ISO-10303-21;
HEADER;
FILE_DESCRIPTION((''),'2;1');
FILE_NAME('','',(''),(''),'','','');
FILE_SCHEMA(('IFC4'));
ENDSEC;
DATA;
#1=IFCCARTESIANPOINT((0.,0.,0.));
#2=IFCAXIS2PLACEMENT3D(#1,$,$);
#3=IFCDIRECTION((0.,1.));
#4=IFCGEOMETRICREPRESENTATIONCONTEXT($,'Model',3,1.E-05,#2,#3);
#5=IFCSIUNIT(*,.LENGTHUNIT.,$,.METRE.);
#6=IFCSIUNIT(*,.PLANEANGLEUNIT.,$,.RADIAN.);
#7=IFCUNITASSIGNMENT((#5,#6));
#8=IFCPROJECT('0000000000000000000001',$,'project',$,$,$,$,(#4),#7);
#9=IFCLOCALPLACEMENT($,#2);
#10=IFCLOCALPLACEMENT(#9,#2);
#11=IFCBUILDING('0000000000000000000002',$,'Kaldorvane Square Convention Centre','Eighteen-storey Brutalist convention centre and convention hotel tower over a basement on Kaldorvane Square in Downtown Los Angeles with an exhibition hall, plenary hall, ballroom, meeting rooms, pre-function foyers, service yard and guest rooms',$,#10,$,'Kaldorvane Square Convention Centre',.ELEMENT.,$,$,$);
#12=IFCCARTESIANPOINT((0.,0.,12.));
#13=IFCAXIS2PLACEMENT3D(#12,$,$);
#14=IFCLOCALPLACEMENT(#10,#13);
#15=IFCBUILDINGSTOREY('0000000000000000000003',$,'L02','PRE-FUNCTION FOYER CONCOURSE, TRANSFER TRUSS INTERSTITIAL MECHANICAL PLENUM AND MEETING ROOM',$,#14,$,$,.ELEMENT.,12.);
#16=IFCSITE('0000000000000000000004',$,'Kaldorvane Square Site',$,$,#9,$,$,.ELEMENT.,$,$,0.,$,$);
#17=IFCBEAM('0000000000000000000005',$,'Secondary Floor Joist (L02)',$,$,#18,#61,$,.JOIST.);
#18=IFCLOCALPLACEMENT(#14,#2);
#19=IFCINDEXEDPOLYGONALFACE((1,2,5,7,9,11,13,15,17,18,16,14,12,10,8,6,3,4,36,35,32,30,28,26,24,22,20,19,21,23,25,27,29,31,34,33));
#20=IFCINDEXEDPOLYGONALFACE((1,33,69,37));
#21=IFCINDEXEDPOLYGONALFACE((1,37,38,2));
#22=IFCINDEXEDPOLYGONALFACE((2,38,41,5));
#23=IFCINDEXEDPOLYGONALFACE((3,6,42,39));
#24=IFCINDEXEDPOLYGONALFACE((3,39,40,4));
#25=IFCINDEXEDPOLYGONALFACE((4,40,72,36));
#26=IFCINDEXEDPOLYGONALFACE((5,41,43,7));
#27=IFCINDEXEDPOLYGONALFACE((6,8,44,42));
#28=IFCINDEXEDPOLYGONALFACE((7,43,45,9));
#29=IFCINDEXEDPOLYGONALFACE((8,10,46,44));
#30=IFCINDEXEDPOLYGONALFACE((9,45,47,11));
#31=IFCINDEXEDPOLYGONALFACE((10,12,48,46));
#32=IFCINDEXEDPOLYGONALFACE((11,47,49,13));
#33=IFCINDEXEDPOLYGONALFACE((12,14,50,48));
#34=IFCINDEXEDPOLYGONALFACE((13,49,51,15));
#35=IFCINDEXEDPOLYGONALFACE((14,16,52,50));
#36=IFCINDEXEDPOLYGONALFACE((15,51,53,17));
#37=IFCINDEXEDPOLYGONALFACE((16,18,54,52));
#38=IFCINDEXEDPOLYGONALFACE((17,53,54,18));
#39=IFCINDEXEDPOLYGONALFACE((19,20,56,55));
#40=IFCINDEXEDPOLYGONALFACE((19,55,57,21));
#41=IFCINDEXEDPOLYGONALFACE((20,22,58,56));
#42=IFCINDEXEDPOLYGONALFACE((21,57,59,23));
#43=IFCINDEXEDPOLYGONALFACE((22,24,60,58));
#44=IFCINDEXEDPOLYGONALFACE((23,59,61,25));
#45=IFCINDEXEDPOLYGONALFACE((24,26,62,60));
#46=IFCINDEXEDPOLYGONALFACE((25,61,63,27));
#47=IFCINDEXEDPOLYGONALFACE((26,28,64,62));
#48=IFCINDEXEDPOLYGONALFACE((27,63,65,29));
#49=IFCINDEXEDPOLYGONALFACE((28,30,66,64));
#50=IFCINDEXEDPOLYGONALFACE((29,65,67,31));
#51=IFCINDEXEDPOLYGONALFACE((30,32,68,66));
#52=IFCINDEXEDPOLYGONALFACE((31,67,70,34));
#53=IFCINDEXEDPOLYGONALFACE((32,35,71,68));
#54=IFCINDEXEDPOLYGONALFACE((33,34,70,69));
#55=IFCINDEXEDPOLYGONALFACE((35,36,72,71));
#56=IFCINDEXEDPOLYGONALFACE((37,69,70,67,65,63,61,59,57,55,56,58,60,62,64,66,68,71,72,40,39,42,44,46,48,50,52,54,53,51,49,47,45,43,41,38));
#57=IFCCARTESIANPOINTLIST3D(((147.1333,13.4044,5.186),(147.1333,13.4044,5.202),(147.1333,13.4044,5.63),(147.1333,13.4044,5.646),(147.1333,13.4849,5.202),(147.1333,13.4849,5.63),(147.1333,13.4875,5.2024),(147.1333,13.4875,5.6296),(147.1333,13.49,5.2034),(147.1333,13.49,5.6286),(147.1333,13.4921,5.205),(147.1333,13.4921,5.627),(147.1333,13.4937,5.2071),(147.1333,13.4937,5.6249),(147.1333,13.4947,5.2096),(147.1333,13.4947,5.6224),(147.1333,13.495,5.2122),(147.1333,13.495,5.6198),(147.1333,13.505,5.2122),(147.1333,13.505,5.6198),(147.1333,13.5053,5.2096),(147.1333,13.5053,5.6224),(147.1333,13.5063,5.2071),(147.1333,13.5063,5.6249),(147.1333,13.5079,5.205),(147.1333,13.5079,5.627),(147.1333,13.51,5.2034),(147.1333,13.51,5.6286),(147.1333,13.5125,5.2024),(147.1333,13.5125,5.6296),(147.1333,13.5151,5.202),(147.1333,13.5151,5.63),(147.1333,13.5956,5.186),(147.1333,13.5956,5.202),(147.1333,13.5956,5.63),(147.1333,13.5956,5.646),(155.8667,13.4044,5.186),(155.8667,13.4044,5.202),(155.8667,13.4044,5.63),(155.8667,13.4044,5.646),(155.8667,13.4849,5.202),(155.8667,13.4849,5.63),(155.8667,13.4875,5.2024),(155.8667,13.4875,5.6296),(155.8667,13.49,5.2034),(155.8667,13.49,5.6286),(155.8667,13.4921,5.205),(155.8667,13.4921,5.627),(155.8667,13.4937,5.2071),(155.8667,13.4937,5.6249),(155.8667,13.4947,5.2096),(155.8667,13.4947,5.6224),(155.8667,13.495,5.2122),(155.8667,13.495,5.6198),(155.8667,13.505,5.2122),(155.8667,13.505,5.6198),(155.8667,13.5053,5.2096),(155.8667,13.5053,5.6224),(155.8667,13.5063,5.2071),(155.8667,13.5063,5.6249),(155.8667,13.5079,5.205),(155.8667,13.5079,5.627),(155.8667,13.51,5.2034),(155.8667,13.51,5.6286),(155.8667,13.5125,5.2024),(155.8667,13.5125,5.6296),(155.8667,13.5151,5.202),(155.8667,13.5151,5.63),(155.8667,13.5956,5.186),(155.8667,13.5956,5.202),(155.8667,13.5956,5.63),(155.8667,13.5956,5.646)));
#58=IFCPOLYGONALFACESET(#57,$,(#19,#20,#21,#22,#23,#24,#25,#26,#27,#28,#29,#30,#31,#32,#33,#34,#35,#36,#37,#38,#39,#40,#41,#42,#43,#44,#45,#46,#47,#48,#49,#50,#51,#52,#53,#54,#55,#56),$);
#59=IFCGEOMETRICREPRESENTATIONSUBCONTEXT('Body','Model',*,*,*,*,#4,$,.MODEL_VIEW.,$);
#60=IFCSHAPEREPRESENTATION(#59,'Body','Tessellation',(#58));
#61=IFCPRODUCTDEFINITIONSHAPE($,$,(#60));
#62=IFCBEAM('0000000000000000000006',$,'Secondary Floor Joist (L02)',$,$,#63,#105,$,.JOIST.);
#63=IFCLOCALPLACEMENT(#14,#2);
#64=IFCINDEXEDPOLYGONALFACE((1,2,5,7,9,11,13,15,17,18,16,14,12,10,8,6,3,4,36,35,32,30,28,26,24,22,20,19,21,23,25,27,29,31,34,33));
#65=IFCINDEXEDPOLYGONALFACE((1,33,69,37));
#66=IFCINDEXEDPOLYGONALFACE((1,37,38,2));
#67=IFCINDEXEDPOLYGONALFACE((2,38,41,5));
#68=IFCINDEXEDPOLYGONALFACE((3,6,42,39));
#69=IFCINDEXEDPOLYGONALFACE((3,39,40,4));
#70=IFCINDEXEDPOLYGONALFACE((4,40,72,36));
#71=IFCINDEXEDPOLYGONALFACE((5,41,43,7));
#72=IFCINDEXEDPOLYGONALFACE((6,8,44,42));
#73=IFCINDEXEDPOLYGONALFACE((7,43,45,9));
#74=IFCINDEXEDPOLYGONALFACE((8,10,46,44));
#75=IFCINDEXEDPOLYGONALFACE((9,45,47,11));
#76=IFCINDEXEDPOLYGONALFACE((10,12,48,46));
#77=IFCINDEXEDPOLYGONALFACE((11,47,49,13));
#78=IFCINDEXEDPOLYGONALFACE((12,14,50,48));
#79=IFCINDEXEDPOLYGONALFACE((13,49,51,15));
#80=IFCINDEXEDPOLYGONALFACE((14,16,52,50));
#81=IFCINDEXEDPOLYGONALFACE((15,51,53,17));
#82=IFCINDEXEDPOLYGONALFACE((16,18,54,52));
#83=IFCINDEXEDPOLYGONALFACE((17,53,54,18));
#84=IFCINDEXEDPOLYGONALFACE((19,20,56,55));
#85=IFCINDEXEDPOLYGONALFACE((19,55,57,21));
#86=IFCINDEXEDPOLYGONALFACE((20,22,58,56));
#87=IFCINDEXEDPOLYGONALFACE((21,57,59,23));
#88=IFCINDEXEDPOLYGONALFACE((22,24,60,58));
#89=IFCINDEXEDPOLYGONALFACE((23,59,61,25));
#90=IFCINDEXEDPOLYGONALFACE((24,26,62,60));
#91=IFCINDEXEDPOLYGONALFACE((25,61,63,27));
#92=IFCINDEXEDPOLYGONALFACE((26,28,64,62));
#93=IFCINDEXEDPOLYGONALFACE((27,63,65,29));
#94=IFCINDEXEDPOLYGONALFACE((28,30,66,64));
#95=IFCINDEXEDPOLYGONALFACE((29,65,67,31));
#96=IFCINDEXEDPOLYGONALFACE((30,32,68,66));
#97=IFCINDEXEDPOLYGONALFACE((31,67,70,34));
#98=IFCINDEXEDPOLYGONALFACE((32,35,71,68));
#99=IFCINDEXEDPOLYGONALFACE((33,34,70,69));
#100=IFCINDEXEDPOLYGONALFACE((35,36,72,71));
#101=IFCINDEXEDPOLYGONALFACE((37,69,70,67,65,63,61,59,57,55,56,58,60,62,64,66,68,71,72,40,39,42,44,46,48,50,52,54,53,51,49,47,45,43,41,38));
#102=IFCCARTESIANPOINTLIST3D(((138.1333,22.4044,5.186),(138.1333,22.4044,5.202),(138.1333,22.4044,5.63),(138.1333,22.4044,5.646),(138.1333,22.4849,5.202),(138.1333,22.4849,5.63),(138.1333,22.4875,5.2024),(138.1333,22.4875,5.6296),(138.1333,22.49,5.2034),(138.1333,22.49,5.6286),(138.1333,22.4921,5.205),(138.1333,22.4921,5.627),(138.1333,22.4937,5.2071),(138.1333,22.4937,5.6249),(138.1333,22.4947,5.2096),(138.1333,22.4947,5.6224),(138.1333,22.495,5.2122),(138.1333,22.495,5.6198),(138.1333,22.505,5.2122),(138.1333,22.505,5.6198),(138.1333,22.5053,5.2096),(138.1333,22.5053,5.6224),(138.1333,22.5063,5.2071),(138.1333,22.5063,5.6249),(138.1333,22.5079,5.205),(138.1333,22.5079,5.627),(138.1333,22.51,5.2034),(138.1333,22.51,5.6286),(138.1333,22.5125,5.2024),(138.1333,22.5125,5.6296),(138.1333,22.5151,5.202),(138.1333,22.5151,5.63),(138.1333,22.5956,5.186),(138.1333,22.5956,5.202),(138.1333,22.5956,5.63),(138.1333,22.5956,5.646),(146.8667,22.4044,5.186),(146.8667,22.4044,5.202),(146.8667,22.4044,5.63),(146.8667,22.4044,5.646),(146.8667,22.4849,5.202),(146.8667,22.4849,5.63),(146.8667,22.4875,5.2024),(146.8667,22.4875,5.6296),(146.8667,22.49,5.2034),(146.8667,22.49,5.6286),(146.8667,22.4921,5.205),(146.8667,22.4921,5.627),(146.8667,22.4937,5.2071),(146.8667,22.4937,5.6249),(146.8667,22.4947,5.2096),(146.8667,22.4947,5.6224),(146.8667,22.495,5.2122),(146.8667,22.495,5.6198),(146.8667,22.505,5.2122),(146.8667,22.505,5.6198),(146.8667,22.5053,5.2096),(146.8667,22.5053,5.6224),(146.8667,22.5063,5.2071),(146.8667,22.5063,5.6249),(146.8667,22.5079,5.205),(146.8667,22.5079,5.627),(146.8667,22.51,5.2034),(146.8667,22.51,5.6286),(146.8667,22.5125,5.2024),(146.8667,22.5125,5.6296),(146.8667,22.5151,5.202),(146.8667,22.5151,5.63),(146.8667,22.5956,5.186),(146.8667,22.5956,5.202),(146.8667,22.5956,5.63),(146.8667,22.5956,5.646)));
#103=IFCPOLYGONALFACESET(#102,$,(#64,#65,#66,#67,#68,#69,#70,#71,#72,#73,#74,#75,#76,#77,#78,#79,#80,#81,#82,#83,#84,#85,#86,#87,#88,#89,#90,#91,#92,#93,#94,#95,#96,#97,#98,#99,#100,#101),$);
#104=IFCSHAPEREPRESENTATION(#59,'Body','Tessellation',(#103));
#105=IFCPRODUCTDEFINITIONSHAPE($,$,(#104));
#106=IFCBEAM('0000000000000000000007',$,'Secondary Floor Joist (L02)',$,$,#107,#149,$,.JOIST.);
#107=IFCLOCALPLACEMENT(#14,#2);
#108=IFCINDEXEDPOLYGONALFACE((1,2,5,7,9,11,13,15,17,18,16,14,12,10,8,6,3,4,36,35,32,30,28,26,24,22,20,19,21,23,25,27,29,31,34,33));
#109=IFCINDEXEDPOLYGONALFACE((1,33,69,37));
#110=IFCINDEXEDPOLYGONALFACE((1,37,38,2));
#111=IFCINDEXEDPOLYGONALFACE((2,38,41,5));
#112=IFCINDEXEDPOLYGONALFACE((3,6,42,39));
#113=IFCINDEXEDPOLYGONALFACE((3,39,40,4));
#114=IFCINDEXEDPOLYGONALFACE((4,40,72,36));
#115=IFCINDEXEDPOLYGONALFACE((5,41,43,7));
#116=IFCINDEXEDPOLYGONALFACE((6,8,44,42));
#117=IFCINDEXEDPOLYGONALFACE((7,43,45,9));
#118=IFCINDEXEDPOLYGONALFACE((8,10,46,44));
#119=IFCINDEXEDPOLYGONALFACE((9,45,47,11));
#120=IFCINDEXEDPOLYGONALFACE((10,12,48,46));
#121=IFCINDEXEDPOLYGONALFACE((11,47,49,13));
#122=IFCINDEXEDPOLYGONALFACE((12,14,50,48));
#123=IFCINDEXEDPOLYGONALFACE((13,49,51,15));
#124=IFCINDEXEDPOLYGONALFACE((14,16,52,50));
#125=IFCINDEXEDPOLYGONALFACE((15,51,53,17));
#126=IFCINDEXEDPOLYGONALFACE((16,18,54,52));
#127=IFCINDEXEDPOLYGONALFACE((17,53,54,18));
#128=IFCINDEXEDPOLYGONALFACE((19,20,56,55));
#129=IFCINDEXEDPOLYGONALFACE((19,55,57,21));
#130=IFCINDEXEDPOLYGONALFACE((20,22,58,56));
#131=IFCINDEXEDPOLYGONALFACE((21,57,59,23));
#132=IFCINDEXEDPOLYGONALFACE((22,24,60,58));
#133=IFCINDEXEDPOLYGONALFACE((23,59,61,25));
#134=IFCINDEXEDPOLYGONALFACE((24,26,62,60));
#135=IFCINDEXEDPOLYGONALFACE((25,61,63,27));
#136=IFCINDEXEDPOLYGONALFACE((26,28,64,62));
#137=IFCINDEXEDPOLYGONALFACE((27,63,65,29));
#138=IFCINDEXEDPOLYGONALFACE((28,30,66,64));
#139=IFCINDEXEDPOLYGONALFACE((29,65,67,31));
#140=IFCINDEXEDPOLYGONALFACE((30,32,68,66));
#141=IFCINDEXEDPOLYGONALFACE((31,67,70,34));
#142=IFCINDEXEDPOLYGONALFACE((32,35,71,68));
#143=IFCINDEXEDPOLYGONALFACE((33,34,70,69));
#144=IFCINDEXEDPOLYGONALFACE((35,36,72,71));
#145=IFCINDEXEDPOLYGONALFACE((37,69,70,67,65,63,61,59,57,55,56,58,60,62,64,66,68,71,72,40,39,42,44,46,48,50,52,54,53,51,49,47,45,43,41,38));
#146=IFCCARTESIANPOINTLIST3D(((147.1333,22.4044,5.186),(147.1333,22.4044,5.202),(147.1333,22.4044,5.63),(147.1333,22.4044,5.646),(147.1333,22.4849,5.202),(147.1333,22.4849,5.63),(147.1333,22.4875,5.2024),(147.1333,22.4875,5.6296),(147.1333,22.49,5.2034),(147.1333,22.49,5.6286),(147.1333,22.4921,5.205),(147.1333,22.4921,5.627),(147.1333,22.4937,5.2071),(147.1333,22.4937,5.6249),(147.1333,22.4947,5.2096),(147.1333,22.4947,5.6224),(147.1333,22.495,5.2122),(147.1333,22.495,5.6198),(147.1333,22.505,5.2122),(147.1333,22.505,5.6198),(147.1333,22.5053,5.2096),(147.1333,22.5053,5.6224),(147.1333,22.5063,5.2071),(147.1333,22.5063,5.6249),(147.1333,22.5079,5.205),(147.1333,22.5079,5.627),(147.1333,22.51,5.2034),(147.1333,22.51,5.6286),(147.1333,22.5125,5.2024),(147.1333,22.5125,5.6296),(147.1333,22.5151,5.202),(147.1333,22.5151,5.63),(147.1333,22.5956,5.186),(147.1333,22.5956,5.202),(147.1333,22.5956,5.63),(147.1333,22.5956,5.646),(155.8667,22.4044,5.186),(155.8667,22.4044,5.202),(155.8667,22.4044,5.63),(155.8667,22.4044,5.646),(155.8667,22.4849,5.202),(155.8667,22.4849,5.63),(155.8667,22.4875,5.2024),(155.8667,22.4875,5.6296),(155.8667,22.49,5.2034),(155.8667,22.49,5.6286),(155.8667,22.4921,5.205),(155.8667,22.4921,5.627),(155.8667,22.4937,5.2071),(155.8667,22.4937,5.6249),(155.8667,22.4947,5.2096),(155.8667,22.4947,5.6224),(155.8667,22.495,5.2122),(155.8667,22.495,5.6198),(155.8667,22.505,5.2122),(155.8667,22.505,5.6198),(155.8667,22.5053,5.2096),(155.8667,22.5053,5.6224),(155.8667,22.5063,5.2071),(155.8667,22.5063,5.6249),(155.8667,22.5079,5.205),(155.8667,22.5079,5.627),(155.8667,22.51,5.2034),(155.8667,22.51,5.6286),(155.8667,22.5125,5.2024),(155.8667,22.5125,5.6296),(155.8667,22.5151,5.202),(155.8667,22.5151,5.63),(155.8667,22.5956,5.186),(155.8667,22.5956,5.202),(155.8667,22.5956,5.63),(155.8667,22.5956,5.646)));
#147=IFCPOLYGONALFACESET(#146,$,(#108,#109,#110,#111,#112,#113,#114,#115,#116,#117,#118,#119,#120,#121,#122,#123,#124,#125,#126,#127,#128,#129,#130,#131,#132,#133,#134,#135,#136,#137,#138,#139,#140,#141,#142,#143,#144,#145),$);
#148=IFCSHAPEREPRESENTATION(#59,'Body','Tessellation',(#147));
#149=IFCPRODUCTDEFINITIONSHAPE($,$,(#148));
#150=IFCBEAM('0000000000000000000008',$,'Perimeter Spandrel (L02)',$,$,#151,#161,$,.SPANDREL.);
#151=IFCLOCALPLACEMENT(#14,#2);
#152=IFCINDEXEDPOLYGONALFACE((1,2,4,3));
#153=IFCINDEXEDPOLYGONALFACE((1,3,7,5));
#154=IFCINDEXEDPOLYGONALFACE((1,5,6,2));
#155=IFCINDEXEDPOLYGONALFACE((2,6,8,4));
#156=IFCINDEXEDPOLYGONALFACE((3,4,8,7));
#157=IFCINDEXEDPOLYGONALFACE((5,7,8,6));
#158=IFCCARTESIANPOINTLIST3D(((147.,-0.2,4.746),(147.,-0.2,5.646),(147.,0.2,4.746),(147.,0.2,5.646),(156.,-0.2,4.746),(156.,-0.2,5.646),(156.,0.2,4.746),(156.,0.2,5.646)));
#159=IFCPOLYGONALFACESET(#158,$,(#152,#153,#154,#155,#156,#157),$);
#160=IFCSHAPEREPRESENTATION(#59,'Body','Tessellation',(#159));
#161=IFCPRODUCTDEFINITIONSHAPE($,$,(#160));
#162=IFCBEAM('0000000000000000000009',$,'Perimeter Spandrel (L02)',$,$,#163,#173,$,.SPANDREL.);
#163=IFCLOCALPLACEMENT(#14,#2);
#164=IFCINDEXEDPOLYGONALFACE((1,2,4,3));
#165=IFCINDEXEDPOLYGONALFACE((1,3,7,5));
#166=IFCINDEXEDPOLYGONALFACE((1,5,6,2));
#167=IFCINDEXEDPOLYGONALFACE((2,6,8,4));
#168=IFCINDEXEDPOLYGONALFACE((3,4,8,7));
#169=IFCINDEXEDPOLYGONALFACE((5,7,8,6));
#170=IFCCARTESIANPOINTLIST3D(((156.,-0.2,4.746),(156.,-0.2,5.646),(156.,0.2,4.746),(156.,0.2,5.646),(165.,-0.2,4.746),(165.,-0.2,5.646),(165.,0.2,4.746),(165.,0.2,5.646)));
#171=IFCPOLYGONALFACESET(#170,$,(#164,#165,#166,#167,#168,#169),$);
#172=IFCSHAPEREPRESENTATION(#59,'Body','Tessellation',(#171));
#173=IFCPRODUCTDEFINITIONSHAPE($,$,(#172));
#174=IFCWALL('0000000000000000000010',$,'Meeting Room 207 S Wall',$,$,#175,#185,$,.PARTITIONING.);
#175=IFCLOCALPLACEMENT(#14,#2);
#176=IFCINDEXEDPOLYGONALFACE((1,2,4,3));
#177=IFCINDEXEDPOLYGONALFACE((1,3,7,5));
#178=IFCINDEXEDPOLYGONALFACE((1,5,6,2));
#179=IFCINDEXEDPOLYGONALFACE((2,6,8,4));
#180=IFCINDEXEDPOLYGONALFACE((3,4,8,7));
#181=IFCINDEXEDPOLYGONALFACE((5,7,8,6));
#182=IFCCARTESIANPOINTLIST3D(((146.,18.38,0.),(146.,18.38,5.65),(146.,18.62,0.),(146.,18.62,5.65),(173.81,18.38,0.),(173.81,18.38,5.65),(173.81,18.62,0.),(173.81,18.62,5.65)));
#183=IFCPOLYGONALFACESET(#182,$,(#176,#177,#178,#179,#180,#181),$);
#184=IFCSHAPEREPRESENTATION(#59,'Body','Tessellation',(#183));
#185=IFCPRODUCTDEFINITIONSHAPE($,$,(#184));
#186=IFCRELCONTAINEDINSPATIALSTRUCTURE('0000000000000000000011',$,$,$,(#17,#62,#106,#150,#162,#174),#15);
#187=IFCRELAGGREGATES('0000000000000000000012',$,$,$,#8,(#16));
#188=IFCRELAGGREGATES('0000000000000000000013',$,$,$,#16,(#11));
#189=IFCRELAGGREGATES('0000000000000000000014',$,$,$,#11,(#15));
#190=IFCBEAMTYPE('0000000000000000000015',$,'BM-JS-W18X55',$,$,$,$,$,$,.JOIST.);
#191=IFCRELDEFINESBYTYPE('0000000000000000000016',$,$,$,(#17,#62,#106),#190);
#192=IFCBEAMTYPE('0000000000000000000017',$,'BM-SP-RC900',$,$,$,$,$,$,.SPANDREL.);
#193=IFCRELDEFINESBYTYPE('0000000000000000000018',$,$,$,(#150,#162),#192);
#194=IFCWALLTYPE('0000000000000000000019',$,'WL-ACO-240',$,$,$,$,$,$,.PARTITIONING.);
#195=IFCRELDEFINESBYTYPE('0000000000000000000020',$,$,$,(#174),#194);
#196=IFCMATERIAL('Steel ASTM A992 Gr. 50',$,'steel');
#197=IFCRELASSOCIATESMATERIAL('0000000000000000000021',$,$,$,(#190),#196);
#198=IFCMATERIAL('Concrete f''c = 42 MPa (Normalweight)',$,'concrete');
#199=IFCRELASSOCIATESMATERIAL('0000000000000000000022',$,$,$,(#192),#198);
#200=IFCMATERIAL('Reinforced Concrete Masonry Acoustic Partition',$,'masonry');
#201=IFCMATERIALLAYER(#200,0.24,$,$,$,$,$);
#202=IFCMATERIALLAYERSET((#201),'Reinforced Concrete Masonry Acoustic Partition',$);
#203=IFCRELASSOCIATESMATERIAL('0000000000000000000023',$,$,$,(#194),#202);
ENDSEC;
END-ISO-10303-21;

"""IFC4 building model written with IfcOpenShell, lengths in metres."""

from ifc_helpers import new_model, si_unit, direction, frame, frame_2d, origin, origin_2d, place, context, subcontext, project, spatial, rectangle, i_section, extrude, material, layer, layer_set, material_profile, profile_set, type_object, element, save


model = new_model("IFC4")

# Units and contexts
model_context = context("Model", 3, precision=1e-05, world=origin(), true_north=direction((0.0, 1.0)))
body_context = subcontext(model_context, "Body", "Model", "MODEL_VIEW")
ifc_project = project(units=[si_unit("LENGTHUNIT", "METRE"), si_unit("PLANEANGLEUNIT", "RADIAN")], contexts=[model_context])

# Site, building, storey
site_placement = place(None, origin())
site = spatial("IfcSite", under=ifc_project, at=site_placement, Name="Kaldorvane Square Site", CompositionType="ELEMENT", RefElevation=0.0)
building_placement = place(site_placement, origin())
building = spatial("IfcBuilding", under=site, at=building_placement, Name="Kaldorvane Square Convention Centre", Description="Eighteen-storey Brutalist convention centre and convention hotel tower over a basement on Kaldorvane Square in Downtown Los Angeles with an exhibition hall, plenary hall, ballroom, meeting rooms, pre-function foyers, service yard and guest rooms", LongName="Kaldorvane Square Convention Centre", CompositionType="ELEMENT")
storey_placement = place(building_placement, frame((0.0, 0.0, 12.0)))
storey = spatial("IfcBuildingStorey", under=building, at=storey_placement, Name="L02", Description="PRE-FUNCTION FOYER CONCOURSE, TRANSFER TRUSS INTERSTITIAL MECHANICAL PLENUM AND MEETING ROOM", CompositionType="ELEMENT", Elevation=12.0)

# Shared definitions
ifc_material_1 = material(Name="Steel ASTM A992 Gr. 50", Category="steel")

# Beams
ifc_material_profile_1 = material_profile(ifc_material_1, i_section(OverallWidth=0.1913, OverallDepth=0.46, WebThickness=0.0099, FlangeThickness=0.016, FilletRadius=0.0102, at=origin_2d()), Name="W18X55")
ifc_profile_set_1 = profile_set([ifc_material_profile_1], Name="Steel ASTM A992 Gr. 50")
beam_type_1 = type_object("IfcBeamType", Name="BM-JS-W18X55", PredefinedType="JOIST", material=ifc_profile_set_1)
for number, where, z_axis, x_axis, name in (
    (1, (147.1333, 13.5, 5.416), (1.0, 0.0, 0.0), (0.0, 1.0, 0.0), "Secondary Floor Joist (L02)"),
    (2, (138.1333, 22.5, 5.416), (1.0, 0.0, 0.0), (0.0, 1.0, 0.0), "Secondary Floor Joist (L02)"),
    (3, (147.1333, 22.5, 5.416), (1.0, 0.0, 0.0), (0.0, 1.0, 0.0), "Secondary Floor Joist (L02)"),
):
    element("IfcBeam", number, at=place(storey_placement, frame(where, z_axis=z_axis, x_axis=x_axis)), inside=storey, type_object=beam_type_1, Name=name, PredefinedType="JOIST", context=body_context, shape_type="SweptSolid", body=[
        extrude(i_section(OverallWidth=0.1913, OverallDepth=0.46, WebThickness=0.0099, FlangeThickness=0.016, FilletRadius=0.0102, at=origin_2d()), origin(), (0.0, 0.0, 1.0), 8.7334),
    ])
ifc_material_2 = material(Name="Concrete f'c = 42 MPa (Normalweight)", Category="concrete")
ifc_material_profile_2 = material_profile(ifc_material_2, rectangle(XDim=0.4, YDim=0.9, at=origin_2d()), Name="RCSP900X400")
ifc_profile_set_2 = profile_set([ifc_material_profile_2], Name="Concrete f'c = 42 MPa (Normalweight)")
beam_type_2 = type_object("IfcBeamType", Name="BM-SP-RC900", PredefinedType="SPANDREL", material=ifc_profile_set_2)
for number, where, z_axis, x_axis, name in (
    (4, (147.0, 0.0, 5.196), (1.0, 0.0, 0.0), (0.0, 1.0, 0.0), "Perimeter Spandrel (L02)"),
    (5, (156.0, 0.0, 5.196), (1.0, 0.0, 0.0), (0.0, 1.0, 0.0), "Perimeter Spandrel (L02)"),
):
    element("IfcBeam", number, at=place(storey_placement, frame(where, z_axis=z_axis, x_axis=x_axis)), inside=storey, type_object=beam_type_2, Name=name, PredefinedType="SPANDREL", context=body_context, shape_type="SweptSolid", body=[
        extrude(rectangle(XDim=0.4, YDim=0.9, at=origin_2d()), origin(), (0.0, 0.0, 1.0), 9.0),
    ])

# Wall
ifc_material_3 = material(Name="Reinforced Concrete Masonry Acoustic Partition", Category="masonry")
ifc_layer_1 = layer(ifc_material_3, 0.24)
ifc_layer_set_1 = layer_set([ifc_layer_1], Name="Reinforced Concrete Masonry Acoustic Partition")
wall_type_1 = type_object("IfcWallType", Name="WL-ACO-240", PredefinedType="PARTITIONING", material=ifc_layer_set_1)
wall_1_placement = place(storey_placement, frame((146.0, 18.5, 0.0), z_axis=(0.0, 0.0, 1.0), x_axis=(1.0, 0.0, 0.0)))
element("IfcWall", 6, at=wall_1_placement, inside=storey, type_object=wall_type_1, Name="Meeting Room 207 S Wall", PredefinedType="PARTITIONING", context=body_context, shape_type="SweptSolid", body=[
    extrude(rectangle(XDim=27.81, YDim=0.24, at=frame_2d((13.905, 0.0))), origin(), (0.0, 0.0, 1.0), 5.65),
])

save(model, "model.ifc")
